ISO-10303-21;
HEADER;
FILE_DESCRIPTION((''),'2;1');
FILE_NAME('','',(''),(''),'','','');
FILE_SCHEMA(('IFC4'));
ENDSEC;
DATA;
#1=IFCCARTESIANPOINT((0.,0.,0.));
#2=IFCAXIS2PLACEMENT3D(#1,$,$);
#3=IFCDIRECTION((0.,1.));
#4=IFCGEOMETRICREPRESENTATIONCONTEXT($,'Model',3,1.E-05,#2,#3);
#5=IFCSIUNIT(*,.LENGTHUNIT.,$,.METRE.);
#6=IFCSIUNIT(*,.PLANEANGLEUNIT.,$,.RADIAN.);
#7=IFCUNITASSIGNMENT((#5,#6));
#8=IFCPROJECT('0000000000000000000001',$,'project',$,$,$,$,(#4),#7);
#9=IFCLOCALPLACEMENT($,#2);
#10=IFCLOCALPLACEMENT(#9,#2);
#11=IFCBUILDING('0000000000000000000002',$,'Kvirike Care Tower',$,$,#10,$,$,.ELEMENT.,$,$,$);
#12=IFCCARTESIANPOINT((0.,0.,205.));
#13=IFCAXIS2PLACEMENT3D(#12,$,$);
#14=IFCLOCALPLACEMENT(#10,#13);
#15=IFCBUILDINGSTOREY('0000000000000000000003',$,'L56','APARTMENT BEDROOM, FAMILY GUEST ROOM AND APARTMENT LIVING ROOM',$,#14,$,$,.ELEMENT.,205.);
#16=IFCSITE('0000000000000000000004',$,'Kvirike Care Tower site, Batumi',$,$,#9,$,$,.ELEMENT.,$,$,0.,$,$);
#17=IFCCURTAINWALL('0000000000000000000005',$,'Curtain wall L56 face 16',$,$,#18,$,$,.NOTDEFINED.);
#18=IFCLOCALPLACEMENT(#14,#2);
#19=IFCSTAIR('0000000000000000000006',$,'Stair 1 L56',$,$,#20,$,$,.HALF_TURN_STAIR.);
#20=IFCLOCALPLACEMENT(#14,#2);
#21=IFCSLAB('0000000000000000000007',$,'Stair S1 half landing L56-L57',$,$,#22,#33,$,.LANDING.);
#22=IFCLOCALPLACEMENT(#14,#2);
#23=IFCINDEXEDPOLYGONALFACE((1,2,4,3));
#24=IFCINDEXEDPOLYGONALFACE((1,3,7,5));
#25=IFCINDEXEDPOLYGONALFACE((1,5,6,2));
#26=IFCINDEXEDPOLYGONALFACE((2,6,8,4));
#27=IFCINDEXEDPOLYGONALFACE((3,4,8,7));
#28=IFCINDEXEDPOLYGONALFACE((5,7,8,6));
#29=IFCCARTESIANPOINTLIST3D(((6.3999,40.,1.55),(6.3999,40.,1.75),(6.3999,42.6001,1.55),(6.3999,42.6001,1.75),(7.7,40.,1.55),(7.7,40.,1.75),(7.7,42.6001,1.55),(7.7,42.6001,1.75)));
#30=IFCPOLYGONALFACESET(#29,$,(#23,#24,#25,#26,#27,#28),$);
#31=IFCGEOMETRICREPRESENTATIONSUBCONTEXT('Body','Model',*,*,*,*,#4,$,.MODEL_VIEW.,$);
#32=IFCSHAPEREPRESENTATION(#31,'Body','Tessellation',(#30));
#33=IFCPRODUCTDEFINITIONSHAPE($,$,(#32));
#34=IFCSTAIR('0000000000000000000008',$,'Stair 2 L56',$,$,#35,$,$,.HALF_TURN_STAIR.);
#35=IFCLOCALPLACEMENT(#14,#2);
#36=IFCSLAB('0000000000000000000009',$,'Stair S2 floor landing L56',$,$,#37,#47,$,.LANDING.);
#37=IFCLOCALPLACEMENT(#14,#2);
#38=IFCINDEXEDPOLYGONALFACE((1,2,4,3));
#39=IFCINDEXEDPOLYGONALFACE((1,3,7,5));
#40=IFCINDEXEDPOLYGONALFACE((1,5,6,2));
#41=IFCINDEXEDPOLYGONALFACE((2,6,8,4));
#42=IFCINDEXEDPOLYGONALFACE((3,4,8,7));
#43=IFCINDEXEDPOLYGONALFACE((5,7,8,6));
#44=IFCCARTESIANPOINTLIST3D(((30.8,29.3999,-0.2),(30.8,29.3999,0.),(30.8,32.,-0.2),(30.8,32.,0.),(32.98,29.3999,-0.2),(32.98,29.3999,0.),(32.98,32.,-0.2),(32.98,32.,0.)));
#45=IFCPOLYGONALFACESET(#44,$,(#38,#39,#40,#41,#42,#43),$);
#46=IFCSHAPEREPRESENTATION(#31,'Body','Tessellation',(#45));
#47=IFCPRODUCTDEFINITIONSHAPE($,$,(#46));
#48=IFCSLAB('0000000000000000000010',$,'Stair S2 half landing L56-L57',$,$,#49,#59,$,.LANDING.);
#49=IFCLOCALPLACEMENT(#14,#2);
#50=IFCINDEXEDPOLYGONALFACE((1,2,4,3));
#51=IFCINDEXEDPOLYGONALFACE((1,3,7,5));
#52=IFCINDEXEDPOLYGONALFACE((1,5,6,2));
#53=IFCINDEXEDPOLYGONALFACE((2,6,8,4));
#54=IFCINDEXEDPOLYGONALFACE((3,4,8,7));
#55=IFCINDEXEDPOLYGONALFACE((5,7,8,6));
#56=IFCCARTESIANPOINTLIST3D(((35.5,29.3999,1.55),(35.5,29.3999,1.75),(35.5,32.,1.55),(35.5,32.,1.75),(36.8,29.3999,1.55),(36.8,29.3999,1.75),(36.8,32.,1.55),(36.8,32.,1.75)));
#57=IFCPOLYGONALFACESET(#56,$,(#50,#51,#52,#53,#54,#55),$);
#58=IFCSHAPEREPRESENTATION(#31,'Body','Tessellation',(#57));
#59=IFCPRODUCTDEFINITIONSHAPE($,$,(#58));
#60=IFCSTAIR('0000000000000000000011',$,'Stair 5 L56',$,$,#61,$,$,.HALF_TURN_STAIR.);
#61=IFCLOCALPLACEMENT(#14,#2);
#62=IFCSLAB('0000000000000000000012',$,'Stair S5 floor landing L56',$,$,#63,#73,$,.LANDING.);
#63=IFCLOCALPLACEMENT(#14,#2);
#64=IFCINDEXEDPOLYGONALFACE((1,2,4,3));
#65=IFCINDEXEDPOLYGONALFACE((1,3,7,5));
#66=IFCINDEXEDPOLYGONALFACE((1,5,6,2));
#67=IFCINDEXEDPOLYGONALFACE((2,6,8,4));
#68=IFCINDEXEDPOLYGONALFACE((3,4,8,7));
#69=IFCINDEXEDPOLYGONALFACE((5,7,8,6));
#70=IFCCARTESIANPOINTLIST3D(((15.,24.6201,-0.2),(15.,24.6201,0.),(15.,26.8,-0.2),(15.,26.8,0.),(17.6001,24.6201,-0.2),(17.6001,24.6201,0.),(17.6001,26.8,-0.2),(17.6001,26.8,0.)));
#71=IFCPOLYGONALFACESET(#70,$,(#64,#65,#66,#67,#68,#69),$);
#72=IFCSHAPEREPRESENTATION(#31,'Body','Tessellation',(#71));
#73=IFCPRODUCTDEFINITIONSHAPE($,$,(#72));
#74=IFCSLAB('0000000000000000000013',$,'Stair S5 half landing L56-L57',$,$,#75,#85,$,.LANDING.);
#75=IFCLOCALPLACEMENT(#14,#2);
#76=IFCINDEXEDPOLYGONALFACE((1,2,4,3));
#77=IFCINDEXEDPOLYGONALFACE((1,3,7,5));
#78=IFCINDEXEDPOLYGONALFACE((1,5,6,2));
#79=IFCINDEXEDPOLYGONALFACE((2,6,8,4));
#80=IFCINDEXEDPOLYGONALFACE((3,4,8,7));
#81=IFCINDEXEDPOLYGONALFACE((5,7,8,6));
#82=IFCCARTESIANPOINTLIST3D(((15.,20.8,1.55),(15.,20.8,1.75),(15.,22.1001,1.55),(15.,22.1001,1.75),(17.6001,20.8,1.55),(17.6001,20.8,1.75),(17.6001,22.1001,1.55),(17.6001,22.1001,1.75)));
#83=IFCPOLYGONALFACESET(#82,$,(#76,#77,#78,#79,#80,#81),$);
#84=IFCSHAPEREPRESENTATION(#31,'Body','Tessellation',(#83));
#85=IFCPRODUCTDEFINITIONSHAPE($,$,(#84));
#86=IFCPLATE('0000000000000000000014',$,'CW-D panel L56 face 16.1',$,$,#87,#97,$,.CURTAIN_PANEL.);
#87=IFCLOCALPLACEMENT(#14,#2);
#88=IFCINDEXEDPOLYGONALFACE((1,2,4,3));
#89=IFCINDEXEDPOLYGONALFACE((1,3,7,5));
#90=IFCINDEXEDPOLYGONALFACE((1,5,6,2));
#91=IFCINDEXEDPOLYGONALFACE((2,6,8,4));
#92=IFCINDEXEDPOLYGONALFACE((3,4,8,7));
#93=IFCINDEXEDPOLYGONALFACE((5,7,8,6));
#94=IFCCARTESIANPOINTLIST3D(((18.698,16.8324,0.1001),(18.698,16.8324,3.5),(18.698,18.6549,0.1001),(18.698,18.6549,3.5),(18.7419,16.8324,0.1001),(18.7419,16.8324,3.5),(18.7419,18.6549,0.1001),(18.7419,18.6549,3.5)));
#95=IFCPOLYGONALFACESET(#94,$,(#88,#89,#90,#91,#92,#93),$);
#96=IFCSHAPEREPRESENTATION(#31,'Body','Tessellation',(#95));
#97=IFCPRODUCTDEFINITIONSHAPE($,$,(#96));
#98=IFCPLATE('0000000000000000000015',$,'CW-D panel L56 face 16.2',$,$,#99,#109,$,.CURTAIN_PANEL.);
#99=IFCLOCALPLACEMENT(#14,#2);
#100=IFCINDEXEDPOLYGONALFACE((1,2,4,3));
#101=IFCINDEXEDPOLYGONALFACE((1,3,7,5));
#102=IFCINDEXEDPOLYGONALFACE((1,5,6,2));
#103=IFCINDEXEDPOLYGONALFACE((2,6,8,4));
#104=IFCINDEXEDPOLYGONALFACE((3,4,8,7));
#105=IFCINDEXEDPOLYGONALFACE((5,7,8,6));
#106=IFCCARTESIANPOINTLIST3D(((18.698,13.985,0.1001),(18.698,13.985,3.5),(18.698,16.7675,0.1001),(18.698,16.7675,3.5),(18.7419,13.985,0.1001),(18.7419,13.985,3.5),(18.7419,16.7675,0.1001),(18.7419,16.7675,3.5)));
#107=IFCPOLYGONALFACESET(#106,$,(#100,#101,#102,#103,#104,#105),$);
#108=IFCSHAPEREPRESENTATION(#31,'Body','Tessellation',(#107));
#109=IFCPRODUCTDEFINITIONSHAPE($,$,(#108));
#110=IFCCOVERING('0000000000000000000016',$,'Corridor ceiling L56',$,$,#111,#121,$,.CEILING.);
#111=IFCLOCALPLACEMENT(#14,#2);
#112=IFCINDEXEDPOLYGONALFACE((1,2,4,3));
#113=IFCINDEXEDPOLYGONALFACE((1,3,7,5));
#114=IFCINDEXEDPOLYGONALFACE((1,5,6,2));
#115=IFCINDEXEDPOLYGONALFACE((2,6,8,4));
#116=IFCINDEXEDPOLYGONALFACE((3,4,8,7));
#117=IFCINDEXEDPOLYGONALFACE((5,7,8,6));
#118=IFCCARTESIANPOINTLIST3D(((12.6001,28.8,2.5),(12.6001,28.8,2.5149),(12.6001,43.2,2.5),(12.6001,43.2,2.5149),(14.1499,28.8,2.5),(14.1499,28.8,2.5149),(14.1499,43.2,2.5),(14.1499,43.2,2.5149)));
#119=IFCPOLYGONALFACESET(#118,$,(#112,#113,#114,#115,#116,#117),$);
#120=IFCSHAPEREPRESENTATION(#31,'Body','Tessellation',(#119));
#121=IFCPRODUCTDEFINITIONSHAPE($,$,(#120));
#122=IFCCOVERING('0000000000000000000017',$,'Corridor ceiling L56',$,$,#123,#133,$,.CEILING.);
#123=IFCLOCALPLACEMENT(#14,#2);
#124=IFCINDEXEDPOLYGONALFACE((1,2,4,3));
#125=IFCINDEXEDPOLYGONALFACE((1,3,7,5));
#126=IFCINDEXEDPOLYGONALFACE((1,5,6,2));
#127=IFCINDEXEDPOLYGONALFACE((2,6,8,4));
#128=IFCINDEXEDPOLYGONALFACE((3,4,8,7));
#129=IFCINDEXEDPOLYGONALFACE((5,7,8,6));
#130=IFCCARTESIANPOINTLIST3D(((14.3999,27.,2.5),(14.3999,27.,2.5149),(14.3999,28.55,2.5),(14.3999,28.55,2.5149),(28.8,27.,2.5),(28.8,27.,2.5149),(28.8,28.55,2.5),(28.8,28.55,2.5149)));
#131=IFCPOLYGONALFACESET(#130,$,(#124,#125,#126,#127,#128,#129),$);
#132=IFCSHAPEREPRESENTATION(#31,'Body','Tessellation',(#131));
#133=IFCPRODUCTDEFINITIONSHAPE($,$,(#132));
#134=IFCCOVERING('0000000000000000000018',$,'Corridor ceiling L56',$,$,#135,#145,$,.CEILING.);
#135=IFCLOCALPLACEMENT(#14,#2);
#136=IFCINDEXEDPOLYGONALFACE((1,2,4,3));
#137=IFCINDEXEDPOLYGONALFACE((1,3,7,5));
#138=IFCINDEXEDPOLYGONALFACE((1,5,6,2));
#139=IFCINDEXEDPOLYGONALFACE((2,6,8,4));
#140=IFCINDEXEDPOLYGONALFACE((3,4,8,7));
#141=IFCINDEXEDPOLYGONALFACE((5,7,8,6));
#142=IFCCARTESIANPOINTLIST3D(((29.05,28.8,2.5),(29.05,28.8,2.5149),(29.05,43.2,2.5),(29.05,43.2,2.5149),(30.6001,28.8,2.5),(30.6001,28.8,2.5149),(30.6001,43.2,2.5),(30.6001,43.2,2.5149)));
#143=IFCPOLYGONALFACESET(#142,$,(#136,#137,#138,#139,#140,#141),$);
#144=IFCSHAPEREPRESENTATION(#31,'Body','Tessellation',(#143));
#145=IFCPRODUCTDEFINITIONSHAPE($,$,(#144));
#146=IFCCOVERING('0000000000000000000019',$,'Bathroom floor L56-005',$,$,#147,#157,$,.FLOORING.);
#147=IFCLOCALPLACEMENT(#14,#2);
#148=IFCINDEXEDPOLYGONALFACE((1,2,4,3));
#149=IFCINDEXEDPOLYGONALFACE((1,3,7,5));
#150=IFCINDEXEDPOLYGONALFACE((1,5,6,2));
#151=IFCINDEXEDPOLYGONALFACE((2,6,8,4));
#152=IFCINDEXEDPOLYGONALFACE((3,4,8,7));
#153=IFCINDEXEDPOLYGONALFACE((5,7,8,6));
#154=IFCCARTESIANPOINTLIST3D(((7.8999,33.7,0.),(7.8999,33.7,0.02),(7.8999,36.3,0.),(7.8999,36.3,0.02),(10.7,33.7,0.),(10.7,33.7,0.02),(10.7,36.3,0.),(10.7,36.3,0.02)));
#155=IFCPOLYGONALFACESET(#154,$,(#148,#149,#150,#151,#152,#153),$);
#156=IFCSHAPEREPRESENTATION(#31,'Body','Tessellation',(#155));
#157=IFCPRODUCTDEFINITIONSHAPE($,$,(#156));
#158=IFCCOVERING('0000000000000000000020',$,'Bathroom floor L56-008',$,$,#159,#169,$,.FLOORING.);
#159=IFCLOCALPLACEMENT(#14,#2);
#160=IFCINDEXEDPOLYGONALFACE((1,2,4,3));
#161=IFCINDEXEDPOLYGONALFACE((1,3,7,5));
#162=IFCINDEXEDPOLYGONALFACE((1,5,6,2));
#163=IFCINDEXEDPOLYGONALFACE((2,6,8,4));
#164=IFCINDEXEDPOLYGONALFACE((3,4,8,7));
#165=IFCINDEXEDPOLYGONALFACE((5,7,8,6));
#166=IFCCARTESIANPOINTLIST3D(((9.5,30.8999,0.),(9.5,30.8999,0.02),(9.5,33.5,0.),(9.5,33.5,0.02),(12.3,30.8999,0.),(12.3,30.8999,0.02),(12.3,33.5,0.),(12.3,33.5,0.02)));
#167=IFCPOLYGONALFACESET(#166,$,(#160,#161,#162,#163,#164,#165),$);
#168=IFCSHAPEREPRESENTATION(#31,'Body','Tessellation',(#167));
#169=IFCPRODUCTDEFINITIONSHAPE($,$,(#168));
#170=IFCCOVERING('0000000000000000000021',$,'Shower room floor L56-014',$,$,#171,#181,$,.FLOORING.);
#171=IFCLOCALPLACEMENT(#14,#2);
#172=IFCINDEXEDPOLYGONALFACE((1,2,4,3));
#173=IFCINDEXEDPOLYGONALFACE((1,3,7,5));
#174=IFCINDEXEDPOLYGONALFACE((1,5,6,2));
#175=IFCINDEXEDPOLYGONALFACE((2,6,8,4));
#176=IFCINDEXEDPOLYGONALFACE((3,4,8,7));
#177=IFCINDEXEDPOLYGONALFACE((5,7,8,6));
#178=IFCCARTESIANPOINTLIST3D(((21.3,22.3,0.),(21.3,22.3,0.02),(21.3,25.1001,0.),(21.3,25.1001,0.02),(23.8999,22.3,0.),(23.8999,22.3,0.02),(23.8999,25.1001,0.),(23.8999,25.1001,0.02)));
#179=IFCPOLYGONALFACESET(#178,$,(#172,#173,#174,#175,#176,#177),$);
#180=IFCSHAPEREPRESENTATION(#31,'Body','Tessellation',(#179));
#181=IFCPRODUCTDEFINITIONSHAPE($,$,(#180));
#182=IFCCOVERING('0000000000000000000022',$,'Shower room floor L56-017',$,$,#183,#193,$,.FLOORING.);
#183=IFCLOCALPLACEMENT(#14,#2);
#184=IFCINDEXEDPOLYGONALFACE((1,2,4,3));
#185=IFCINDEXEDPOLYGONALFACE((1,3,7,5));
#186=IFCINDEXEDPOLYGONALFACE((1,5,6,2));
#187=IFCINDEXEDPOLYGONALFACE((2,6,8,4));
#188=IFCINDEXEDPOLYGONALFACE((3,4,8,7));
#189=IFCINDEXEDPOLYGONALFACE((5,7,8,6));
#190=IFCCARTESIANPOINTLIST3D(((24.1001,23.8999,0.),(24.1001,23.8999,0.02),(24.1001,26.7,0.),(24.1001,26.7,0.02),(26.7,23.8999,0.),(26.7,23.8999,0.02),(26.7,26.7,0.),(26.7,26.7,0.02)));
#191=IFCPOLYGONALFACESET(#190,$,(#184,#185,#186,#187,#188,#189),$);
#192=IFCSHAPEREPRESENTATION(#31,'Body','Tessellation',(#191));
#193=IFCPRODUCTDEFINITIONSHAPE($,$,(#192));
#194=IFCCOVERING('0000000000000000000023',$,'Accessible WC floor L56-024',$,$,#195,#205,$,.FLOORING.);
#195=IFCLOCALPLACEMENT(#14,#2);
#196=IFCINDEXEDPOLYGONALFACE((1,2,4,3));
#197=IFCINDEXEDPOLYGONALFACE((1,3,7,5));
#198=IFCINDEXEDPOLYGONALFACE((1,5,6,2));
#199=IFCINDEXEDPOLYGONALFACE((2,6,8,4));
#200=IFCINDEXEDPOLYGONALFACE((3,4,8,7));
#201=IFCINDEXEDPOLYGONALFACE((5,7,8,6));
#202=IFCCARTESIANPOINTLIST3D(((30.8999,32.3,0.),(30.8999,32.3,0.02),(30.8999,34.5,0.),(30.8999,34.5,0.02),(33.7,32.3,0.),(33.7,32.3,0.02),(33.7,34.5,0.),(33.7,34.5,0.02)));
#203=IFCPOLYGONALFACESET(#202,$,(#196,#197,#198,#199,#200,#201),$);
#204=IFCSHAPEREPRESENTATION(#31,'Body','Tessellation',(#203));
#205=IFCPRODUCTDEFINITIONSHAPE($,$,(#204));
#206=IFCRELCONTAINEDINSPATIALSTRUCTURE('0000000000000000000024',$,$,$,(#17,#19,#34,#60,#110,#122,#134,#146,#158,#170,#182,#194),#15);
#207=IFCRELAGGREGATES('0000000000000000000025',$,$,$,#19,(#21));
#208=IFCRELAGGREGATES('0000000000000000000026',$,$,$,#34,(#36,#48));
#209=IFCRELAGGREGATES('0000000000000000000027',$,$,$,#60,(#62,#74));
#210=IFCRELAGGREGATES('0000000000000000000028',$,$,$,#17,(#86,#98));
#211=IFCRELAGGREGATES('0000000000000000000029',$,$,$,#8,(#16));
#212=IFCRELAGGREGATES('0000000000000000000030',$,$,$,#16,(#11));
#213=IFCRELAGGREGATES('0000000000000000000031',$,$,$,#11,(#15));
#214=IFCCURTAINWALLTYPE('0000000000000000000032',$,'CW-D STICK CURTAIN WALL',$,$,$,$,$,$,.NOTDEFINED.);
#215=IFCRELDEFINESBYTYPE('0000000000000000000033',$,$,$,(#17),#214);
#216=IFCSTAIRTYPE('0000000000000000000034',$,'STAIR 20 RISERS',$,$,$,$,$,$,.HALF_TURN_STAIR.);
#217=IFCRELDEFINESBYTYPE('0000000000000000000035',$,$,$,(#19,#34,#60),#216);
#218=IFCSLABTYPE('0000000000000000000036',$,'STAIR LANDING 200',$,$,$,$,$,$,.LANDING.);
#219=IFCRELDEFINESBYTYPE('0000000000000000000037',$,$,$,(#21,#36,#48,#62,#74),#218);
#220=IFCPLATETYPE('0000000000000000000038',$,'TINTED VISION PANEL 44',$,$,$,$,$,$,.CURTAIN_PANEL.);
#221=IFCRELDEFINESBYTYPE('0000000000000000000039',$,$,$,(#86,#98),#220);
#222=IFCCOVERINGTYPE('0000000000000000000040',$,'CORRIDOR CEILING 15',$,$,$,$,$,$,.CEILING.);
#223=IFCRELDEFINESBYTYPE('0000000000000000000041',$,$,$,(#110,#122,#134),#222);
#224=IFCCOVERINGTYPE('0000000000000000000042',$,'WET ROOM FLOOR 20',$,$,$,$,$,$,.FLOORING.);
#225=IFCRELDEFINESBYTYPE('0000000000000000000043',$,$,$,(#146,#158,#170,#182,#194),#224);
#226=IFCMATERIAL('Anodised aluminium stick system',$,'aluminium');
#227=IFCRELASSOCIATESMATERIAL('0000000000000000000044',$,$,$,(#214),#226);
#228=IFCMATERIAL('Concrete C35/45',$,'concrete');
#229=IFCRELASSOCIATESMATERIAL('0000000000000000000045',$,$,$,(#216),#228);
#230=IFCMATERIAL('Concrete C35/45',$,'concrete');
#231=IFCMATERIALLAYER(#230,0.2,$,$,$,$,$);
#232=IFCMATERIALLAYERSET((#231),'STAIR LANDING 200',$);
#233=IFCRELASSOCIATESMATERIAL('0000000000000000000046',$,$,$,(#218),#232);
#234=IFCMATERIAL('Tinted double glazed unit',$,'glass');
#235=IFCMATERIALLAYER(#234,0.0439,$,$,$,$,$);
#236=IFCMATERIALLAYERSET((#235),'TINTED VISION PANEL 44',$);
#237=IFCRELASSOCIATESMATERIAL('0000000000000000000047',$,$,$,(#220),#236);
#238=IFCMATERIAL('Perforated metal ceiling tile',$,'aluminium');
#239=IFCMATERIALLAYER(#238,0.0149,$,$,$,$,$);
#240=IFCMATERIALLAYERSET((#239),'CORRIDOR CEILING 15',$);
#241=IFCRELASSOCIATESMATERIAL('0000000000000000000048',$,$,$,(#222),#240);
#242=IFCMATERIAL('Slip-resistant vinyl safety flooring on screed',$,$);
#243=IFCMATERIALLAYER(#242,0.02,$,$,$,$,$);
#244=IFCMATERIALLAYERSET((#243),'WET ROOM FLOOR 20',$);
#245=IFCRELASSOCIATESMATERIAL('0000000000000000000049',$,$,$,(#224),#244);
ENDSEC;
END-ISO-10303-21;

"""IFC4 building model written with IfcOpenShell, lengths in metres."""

from ifc_helpers import new_model, si_unit, direction, frame, origin, origin_2d, place, context, subcontext, project, spatial, polyline, rectangle, outline, extrude, material, layer, layer_set, type_object, element, aggregate, save


model = new_model("IFC4")

# Units and contexts
model_context = context("Model", 3, precision=1e-05, world=origin(), true_north=direction((0.0, 1.0)))
body_context = subcontext(model_context, "Body", "Model", "MODEL_VIEW")
ifc_project = project(units=[si_unit("LENGTHUNIT", "METRE"), si_unit("PLANEANGLEUNIT", "RADIAN")], contexts=[model_context])

# Site, building, storey
site_placement = place(None, origin())
site = spatial("IfcSite", under=ifc_project, at=site_placement, Name="Kvirike Care Tower site, Batumi", CompositionType="ELEMENT", RefElevation=0.0)
building_placement = place(site_placement, origin())
building = spatial("IfcBuilding", under=site, at=building_placement, Name="Kvirike Care Tower", CompositionType="ELEMENT")
storey_placement = place(building_placement, frame((0.0, 0.0, 205.0)))
storey = spatial("IfcBuildingStorey", under=building, at=storey_placement, Name="L56", Description="APARTMENT BEDROOM, FAMILY GUEST ROOM AND APARTMENT LIVING ROOM", CompositionType="ELEMENT", Elevation=205.0)

# Curtain wall
ifc_material_1 = material(Name="Anodised aluminium stick system", Category="aluminium")
curtain_wall_type = type_object("IfcCurtainWallType", Name="CW-D STICK CURTAIN WALL", PredefinedType="NOTDEFINED", material=ifc_material_1)
curtain_wall_1_placement = place(storey_placement, origin())
curtain_wall_1 = element("IfcCurtainWall", 1, at=curtain_wall_1_placement, inside=storey, type_object=curtain_wall_type, Name="Curtain wall L56 face 16", PredefinedType="NOTDEFINED")

# Stairs, slabs
ifc_material_2 = material(Name="Concrete C35/45", Category="concrete")
stair_type = type_object("IfcStairType", Name="STAIR 20 RISERS", PredefinedType="HALF_TURN_STAIR", material=ifc_material_2)
stair_1_placement = place(storey_placement, origin())
stair_1 = element("IfcStair", 2, at=stair_1_placement, inside=storey, type_object=stair_type, Name="Stair 1 L56", PredefinedType="HALF_TURN_STAIR")
ifc_material_3 = material(Name="Concrete C35/45", Category="concrete")
ifc_layer_1 = layer(ifc_material_3, 0.2)
ifc_layer_set_1 = layer_set([ifc_layer_1], Name="STAIR LANDING 200")
slab_type_1 = type_object("IfcSlabType", Name="STAIR LANDING 200", PredefinedType="LANDING", material=ifc_layer_set_1)
slab_1_placement = place(storey_placement, frame((0.0, 0.0, 1.55)))
slab_1 = element("IfcSlab", 3, at=slab_1_placement, type_object=slab_type_1, Name="Stair S1 half landing L56-L57", PredefinedType="LANDING", context=body_context, shape_type="SweptSolid", body=[
    extrude(outline(polyline([(6.3999, 42.6001), (6.3999, 40.0), (7.7, 40.0), (7.7, 42.6001), (6.3999, 42.6001)])), origin(), (0.0, 0.0, 1.0), 0.2),
])
aggregate(stair_1, [slab_1])
stair_2_placement = place(storey_placement, origin())
stair_2 = element("IfcStair", 4, at=stair_2_placement, inside=storey, type_object=stair_type, Name="Stair 2 L56", PredefinedType="HALF_TURN_STAIR")
slab_2_placement = place(storey_placement, frame((0.0, 0.0, -0.2)))
slab_2 = element("IfcSlab", 5, at=slab_2_placement, type_object=slab_type_1, Name="Stair S2 floor landing L56", PredefinedType="LANDING", context=body_context, shape_type="SweptSolid", body=[
    extrude(outline(polyline([(32.98, 29.3999), (32.98, 32.0), (30.8, 32.0), (30.8, 29.3999), (32.98, 29.3999)])), origin(), (0.0, 0.0, 1.0), 0.2),
])
slab_3_placement = place(storey_placement, frame((0.0, 0.0, 1.55)))
slab_3 = element("IfcSlab", 6, at=slab_3_placement, type_object=slab_type_1, Name="Stair S2 half landing L56-L57", PredefinedType="LANDING", context=body_context, shape_type="SweptSolid", body=[
    extrude(outline(polyline([(36.8, 29.3999), (36.8, 32.0), (35.5, 32.0), (35.5, 29.3999), (36.8, 29.3999)])), origin(), (0.0, 0.0, 1.0), 0.2),
])
aggregate(stair_2, [slab_2, slab_3])
stair_3_placement = place(storey_placement, origin())
stair_3 = element("IfcStair", 7, at=stair_3_placement, inside=storey, type_object=stair_type, Name="Stair 5 L56", PredefinedType="HALF_TURN_STAIR")
slab_4_placement = place(storey_placement, frame((0.0, 0.0, -0.2)))
slab_4 = element("IfcSlab", 8, at=slab_4_placement, type_object=slab_type_1, Name="Stair S5 floor landing L56", PredefinedType="LANDING", context=body_context, shape_type="SweptSolid", body=[
    extrude(outline(polyline([(15.0, 24.6201), (17.6001, 24.6201), (17.6001, 26.8), (15.0, 26.8), (15.0, 24.6201)])), origin(), (0.0, 0.0, 1.0), 0.2),
])
slab_5_placement = place(storey_placement, frame((0.0, 0.0, 1.55)))
slab_5 = element("IfcSlab", 9, at=slab_5_placement, type_object=slab_type_1, Name="Stair S5 half landing L56-L57", PredefinedType="LANDING", context=body_context, shape_type="SweptSolid", body=[
    extrude(outline(polyline([(15.0, 20.8), (17.6001, 20.8), (17.6001, 22.1001), (15.0, 22.1001), (15.0, 20.8)])), origin(), (0.0, 0.0, 1.0), 0.2),
])
aggregate(stair_3, [slab_4, slab_5])

# Plates
ifc_material_4 = material(Name="Tinted double glazed unit", Category="glass")
ifc_layer_2 = layer(ifc_material_4, 0.0439)
ifc_layer_set_2 = layer_set([ifc_layer_2], Name="TINTED VISION PANEL 44")
plate_type = type_object("IfcPlateType", Name="TINTED VISION PANEL 44", PredefinedType="CURTAIN_PANEL", material=ifc_layer_set_2)
plate_1_placement = place(storey_placement, frame((18.72, 17.7437, 0.1001), z_axis=(0.0, 0.0, 1.0), x_axis=(0.0, -1.0, 0.0)))
plate_1 = element("IfcPlate", 10, at=plate_1_placement, type_object=plate_type, Name="CW-D panel L56 face 16.1", PredefinedType="CURTAIN_PANEL", context=body_context, shape_type="SweptSolid", body=[
    extrude(rectangle(XDim=1.8225, YDim=0.0439, at=origin_2d()), origin(), (0.0, 0.0, 1.0), 3.3999),
])
plate_2_placement = place(storey_placement, frame((18.72, 15.3762, 0.1001), z_axis=(0.0, 0.0, 1.0), x_axis=(0.0, -1.0, 0.0)))
plate_2 = element("IfcPlate", 11, at=plate_2_placement, type_object=plate_type, Name="CW-D panel L56 face 16.2", PredefinedType="CURTAIN_PANEL", context=body_context, shape_type="SweptSolid", body=[
    extrude(rectangle(XDim=2.7825, YDim=0.0439, at=origin_2d()), origin(), (0.0, 0.0, 1.0), 3.3999),
])
aggregate(curtain_wall_1, [plate_1, plate_2])

# Coverings
ifc_material_5 = material(Name="Perforated metal ceiling tile", Category="aluminium")
ifc_layer_3 = layer(ifc_material_5, 0.0149)
ifc_layer_set_3 = layer_set([ifc_layer_3], Name="CORRIDOR CEILING 15")
covering_type_1 = type_object("IfcCoveringType", Name="CORRIDOR CEILING 15", PredefinedType="CEILING", material=ifc_layer_set_3)
covering_1_placement = place(storey_placement, frame((0.0, 0.0, 2.5)))
element("IfcCovering", 12, at=covering_1_placement, inside=storey, type_object=covering_type_1, Name="Corridor ceiling L56", PredefinedType="CEILING", context=body_context, shape_type="SweptSolid", body=[
    extrude(outline(polyline([(12.6001, 43.2), (14.1499, 43.2), (14.1499, 28.8), (12.6001, 28.8), (12.6001, 43.2)])), origin(), (0.0, 0.0, 1.0), 0.0149),
])
covering_2_placement = place(storey_placement, frame((0.0, 0.0, 2.5)))
element("IfcCovering", 13, at=covering_2_placement, inside=storey, type_object=covering_type_1, Name="Corridor ceiling L56", PredefinedType="CEILING", context=body_context, shape_type="SweptSolid", body=[
    extrude(outline(polyline([(14.3999, 27.0), (14.3999, 28.55), (28.8, 28.55), (28.8, 27.0), (14.3999, 27.0)])), origin(), (0.0, 0.0, 1.0), 0.0149),
])
covering_3_placement = place(storey_placement, frame((0.0, 0.0, 2.5)))
element("IfcCovering", 14, at=covering_3_placement, inside=storey, type_object=covering_type_1, Name="Corridor ceiling L56", PredefinedType="CEILING", context=body_context, shape_type="SweptSolid", body=[
    extrude(outline(polyline([(30.6001, 28.8), (29.05, 28.8), (29.05, 43.2), (30.6001, 43.2), (30.6001, 28.8)])), origin(), (0.0, 0.0, 1.0), 0.0149),
])
ifc_material_6 = material(Name="Slip-resistant vinyl safety flooring on screed")
ifc_layer_4 = layer(ifc_material_6, 0.02)
ifc_layer_set_4 = layer_set([ifc_layer_4], Name="WET ROOM FLOOR 20")
covering_type_2 = type_object("IfcCoveringType", Name="WET ROOM FLOOR 20", PredefinedType="FLOORING", material=ifc_layer_set_4)
covering_4_placement = place(storey_placement, origin())
element("IfcCovering", 15, at=covering_4_placement, inside=storey, type_object=covering_type_2, Name="Bathroom floor L56-005", PredefinedType="FLOORING", context=body_context, shape_type="SweptSolid", body=[
    extrude(outline(polyline([(7.8999, 36.3), (10.7, 36.3), (10.7, 33.7), (7.8999, 33.7), (7.8999, 36.3)])), origin(), (0.0, 0.0, 1.0), 0.02),
])
covering_5_placement = place(storey_placement, origin())
element("IfcCovering", 16, at=covering_5_placement, inside=storey, type_object=covering_type_2, Name="Bathroom floor L56-008", PredefinedType="FLOORING", context=body_context, shape_type="SweptSolid", body=[
    extrude(outline(polyline([(9.5, 33.5), (12.3, 33.5), (12.3, 30.8999), (9.5, 30.8999), (9.5, 33.5)])), origin(), (0.0, 0.0, 1.0), 0.02),
])
covering_6_placement = place(storey_placement, origin())
element("IfcCovering", 17, at=covering_6_placement, inside=storey, type_object=covering_type_2, Name="Shower room floor L56-014", PredefinedType="FLOORING", context=body_context, shape_type="SweptSolid", body=[
    extrude(outline(polyline([(21.3, 22.3), (21.3, 25.1001), (23.8999, 25.1001), (23.8999, 22.3), (21.3, 22.3)])), origin(), (0.0, 0.0, 1.0), 0.02),
])
covering_7_placement = place(storey_placement, origin())
element("IfcCovering", 18, at=covering_7_placement, inside=storey, type_object=covering_type_2, Name="Shower room floor L56-017", PredefinedType="FLOORING", context=body_context, shape_type="SweptSolid", body=[
    extrude(outline(polyline([(24.1001, 23.8999), (24.1001, 26.7), (26.7, 26.7), (26.7, 23.8999), (24.1001, 23.8999)])), origin(), (0.0, 0.0, 1.0), 0.02),
])
covering_8_placement = place(storey_placement, origin())
element("IfcCovering", 19, at=covering_8_placement, inside=storey, type_object=covering_type_2, Name="Accessible WC floor L56-024", PredefinedType="FLOORING", context=body_context, shape_type="SweptSolid", body=[
    extrude(outline(polyline([(33.7, 32.3), (30.8999, 32.3), (30.8999, 34.5), (33.7, 34.5), (33.7, 32.3)])), origin(), (0.0, 0.0, 1.0), 0.02),
])

save(model, "model.ifc")
